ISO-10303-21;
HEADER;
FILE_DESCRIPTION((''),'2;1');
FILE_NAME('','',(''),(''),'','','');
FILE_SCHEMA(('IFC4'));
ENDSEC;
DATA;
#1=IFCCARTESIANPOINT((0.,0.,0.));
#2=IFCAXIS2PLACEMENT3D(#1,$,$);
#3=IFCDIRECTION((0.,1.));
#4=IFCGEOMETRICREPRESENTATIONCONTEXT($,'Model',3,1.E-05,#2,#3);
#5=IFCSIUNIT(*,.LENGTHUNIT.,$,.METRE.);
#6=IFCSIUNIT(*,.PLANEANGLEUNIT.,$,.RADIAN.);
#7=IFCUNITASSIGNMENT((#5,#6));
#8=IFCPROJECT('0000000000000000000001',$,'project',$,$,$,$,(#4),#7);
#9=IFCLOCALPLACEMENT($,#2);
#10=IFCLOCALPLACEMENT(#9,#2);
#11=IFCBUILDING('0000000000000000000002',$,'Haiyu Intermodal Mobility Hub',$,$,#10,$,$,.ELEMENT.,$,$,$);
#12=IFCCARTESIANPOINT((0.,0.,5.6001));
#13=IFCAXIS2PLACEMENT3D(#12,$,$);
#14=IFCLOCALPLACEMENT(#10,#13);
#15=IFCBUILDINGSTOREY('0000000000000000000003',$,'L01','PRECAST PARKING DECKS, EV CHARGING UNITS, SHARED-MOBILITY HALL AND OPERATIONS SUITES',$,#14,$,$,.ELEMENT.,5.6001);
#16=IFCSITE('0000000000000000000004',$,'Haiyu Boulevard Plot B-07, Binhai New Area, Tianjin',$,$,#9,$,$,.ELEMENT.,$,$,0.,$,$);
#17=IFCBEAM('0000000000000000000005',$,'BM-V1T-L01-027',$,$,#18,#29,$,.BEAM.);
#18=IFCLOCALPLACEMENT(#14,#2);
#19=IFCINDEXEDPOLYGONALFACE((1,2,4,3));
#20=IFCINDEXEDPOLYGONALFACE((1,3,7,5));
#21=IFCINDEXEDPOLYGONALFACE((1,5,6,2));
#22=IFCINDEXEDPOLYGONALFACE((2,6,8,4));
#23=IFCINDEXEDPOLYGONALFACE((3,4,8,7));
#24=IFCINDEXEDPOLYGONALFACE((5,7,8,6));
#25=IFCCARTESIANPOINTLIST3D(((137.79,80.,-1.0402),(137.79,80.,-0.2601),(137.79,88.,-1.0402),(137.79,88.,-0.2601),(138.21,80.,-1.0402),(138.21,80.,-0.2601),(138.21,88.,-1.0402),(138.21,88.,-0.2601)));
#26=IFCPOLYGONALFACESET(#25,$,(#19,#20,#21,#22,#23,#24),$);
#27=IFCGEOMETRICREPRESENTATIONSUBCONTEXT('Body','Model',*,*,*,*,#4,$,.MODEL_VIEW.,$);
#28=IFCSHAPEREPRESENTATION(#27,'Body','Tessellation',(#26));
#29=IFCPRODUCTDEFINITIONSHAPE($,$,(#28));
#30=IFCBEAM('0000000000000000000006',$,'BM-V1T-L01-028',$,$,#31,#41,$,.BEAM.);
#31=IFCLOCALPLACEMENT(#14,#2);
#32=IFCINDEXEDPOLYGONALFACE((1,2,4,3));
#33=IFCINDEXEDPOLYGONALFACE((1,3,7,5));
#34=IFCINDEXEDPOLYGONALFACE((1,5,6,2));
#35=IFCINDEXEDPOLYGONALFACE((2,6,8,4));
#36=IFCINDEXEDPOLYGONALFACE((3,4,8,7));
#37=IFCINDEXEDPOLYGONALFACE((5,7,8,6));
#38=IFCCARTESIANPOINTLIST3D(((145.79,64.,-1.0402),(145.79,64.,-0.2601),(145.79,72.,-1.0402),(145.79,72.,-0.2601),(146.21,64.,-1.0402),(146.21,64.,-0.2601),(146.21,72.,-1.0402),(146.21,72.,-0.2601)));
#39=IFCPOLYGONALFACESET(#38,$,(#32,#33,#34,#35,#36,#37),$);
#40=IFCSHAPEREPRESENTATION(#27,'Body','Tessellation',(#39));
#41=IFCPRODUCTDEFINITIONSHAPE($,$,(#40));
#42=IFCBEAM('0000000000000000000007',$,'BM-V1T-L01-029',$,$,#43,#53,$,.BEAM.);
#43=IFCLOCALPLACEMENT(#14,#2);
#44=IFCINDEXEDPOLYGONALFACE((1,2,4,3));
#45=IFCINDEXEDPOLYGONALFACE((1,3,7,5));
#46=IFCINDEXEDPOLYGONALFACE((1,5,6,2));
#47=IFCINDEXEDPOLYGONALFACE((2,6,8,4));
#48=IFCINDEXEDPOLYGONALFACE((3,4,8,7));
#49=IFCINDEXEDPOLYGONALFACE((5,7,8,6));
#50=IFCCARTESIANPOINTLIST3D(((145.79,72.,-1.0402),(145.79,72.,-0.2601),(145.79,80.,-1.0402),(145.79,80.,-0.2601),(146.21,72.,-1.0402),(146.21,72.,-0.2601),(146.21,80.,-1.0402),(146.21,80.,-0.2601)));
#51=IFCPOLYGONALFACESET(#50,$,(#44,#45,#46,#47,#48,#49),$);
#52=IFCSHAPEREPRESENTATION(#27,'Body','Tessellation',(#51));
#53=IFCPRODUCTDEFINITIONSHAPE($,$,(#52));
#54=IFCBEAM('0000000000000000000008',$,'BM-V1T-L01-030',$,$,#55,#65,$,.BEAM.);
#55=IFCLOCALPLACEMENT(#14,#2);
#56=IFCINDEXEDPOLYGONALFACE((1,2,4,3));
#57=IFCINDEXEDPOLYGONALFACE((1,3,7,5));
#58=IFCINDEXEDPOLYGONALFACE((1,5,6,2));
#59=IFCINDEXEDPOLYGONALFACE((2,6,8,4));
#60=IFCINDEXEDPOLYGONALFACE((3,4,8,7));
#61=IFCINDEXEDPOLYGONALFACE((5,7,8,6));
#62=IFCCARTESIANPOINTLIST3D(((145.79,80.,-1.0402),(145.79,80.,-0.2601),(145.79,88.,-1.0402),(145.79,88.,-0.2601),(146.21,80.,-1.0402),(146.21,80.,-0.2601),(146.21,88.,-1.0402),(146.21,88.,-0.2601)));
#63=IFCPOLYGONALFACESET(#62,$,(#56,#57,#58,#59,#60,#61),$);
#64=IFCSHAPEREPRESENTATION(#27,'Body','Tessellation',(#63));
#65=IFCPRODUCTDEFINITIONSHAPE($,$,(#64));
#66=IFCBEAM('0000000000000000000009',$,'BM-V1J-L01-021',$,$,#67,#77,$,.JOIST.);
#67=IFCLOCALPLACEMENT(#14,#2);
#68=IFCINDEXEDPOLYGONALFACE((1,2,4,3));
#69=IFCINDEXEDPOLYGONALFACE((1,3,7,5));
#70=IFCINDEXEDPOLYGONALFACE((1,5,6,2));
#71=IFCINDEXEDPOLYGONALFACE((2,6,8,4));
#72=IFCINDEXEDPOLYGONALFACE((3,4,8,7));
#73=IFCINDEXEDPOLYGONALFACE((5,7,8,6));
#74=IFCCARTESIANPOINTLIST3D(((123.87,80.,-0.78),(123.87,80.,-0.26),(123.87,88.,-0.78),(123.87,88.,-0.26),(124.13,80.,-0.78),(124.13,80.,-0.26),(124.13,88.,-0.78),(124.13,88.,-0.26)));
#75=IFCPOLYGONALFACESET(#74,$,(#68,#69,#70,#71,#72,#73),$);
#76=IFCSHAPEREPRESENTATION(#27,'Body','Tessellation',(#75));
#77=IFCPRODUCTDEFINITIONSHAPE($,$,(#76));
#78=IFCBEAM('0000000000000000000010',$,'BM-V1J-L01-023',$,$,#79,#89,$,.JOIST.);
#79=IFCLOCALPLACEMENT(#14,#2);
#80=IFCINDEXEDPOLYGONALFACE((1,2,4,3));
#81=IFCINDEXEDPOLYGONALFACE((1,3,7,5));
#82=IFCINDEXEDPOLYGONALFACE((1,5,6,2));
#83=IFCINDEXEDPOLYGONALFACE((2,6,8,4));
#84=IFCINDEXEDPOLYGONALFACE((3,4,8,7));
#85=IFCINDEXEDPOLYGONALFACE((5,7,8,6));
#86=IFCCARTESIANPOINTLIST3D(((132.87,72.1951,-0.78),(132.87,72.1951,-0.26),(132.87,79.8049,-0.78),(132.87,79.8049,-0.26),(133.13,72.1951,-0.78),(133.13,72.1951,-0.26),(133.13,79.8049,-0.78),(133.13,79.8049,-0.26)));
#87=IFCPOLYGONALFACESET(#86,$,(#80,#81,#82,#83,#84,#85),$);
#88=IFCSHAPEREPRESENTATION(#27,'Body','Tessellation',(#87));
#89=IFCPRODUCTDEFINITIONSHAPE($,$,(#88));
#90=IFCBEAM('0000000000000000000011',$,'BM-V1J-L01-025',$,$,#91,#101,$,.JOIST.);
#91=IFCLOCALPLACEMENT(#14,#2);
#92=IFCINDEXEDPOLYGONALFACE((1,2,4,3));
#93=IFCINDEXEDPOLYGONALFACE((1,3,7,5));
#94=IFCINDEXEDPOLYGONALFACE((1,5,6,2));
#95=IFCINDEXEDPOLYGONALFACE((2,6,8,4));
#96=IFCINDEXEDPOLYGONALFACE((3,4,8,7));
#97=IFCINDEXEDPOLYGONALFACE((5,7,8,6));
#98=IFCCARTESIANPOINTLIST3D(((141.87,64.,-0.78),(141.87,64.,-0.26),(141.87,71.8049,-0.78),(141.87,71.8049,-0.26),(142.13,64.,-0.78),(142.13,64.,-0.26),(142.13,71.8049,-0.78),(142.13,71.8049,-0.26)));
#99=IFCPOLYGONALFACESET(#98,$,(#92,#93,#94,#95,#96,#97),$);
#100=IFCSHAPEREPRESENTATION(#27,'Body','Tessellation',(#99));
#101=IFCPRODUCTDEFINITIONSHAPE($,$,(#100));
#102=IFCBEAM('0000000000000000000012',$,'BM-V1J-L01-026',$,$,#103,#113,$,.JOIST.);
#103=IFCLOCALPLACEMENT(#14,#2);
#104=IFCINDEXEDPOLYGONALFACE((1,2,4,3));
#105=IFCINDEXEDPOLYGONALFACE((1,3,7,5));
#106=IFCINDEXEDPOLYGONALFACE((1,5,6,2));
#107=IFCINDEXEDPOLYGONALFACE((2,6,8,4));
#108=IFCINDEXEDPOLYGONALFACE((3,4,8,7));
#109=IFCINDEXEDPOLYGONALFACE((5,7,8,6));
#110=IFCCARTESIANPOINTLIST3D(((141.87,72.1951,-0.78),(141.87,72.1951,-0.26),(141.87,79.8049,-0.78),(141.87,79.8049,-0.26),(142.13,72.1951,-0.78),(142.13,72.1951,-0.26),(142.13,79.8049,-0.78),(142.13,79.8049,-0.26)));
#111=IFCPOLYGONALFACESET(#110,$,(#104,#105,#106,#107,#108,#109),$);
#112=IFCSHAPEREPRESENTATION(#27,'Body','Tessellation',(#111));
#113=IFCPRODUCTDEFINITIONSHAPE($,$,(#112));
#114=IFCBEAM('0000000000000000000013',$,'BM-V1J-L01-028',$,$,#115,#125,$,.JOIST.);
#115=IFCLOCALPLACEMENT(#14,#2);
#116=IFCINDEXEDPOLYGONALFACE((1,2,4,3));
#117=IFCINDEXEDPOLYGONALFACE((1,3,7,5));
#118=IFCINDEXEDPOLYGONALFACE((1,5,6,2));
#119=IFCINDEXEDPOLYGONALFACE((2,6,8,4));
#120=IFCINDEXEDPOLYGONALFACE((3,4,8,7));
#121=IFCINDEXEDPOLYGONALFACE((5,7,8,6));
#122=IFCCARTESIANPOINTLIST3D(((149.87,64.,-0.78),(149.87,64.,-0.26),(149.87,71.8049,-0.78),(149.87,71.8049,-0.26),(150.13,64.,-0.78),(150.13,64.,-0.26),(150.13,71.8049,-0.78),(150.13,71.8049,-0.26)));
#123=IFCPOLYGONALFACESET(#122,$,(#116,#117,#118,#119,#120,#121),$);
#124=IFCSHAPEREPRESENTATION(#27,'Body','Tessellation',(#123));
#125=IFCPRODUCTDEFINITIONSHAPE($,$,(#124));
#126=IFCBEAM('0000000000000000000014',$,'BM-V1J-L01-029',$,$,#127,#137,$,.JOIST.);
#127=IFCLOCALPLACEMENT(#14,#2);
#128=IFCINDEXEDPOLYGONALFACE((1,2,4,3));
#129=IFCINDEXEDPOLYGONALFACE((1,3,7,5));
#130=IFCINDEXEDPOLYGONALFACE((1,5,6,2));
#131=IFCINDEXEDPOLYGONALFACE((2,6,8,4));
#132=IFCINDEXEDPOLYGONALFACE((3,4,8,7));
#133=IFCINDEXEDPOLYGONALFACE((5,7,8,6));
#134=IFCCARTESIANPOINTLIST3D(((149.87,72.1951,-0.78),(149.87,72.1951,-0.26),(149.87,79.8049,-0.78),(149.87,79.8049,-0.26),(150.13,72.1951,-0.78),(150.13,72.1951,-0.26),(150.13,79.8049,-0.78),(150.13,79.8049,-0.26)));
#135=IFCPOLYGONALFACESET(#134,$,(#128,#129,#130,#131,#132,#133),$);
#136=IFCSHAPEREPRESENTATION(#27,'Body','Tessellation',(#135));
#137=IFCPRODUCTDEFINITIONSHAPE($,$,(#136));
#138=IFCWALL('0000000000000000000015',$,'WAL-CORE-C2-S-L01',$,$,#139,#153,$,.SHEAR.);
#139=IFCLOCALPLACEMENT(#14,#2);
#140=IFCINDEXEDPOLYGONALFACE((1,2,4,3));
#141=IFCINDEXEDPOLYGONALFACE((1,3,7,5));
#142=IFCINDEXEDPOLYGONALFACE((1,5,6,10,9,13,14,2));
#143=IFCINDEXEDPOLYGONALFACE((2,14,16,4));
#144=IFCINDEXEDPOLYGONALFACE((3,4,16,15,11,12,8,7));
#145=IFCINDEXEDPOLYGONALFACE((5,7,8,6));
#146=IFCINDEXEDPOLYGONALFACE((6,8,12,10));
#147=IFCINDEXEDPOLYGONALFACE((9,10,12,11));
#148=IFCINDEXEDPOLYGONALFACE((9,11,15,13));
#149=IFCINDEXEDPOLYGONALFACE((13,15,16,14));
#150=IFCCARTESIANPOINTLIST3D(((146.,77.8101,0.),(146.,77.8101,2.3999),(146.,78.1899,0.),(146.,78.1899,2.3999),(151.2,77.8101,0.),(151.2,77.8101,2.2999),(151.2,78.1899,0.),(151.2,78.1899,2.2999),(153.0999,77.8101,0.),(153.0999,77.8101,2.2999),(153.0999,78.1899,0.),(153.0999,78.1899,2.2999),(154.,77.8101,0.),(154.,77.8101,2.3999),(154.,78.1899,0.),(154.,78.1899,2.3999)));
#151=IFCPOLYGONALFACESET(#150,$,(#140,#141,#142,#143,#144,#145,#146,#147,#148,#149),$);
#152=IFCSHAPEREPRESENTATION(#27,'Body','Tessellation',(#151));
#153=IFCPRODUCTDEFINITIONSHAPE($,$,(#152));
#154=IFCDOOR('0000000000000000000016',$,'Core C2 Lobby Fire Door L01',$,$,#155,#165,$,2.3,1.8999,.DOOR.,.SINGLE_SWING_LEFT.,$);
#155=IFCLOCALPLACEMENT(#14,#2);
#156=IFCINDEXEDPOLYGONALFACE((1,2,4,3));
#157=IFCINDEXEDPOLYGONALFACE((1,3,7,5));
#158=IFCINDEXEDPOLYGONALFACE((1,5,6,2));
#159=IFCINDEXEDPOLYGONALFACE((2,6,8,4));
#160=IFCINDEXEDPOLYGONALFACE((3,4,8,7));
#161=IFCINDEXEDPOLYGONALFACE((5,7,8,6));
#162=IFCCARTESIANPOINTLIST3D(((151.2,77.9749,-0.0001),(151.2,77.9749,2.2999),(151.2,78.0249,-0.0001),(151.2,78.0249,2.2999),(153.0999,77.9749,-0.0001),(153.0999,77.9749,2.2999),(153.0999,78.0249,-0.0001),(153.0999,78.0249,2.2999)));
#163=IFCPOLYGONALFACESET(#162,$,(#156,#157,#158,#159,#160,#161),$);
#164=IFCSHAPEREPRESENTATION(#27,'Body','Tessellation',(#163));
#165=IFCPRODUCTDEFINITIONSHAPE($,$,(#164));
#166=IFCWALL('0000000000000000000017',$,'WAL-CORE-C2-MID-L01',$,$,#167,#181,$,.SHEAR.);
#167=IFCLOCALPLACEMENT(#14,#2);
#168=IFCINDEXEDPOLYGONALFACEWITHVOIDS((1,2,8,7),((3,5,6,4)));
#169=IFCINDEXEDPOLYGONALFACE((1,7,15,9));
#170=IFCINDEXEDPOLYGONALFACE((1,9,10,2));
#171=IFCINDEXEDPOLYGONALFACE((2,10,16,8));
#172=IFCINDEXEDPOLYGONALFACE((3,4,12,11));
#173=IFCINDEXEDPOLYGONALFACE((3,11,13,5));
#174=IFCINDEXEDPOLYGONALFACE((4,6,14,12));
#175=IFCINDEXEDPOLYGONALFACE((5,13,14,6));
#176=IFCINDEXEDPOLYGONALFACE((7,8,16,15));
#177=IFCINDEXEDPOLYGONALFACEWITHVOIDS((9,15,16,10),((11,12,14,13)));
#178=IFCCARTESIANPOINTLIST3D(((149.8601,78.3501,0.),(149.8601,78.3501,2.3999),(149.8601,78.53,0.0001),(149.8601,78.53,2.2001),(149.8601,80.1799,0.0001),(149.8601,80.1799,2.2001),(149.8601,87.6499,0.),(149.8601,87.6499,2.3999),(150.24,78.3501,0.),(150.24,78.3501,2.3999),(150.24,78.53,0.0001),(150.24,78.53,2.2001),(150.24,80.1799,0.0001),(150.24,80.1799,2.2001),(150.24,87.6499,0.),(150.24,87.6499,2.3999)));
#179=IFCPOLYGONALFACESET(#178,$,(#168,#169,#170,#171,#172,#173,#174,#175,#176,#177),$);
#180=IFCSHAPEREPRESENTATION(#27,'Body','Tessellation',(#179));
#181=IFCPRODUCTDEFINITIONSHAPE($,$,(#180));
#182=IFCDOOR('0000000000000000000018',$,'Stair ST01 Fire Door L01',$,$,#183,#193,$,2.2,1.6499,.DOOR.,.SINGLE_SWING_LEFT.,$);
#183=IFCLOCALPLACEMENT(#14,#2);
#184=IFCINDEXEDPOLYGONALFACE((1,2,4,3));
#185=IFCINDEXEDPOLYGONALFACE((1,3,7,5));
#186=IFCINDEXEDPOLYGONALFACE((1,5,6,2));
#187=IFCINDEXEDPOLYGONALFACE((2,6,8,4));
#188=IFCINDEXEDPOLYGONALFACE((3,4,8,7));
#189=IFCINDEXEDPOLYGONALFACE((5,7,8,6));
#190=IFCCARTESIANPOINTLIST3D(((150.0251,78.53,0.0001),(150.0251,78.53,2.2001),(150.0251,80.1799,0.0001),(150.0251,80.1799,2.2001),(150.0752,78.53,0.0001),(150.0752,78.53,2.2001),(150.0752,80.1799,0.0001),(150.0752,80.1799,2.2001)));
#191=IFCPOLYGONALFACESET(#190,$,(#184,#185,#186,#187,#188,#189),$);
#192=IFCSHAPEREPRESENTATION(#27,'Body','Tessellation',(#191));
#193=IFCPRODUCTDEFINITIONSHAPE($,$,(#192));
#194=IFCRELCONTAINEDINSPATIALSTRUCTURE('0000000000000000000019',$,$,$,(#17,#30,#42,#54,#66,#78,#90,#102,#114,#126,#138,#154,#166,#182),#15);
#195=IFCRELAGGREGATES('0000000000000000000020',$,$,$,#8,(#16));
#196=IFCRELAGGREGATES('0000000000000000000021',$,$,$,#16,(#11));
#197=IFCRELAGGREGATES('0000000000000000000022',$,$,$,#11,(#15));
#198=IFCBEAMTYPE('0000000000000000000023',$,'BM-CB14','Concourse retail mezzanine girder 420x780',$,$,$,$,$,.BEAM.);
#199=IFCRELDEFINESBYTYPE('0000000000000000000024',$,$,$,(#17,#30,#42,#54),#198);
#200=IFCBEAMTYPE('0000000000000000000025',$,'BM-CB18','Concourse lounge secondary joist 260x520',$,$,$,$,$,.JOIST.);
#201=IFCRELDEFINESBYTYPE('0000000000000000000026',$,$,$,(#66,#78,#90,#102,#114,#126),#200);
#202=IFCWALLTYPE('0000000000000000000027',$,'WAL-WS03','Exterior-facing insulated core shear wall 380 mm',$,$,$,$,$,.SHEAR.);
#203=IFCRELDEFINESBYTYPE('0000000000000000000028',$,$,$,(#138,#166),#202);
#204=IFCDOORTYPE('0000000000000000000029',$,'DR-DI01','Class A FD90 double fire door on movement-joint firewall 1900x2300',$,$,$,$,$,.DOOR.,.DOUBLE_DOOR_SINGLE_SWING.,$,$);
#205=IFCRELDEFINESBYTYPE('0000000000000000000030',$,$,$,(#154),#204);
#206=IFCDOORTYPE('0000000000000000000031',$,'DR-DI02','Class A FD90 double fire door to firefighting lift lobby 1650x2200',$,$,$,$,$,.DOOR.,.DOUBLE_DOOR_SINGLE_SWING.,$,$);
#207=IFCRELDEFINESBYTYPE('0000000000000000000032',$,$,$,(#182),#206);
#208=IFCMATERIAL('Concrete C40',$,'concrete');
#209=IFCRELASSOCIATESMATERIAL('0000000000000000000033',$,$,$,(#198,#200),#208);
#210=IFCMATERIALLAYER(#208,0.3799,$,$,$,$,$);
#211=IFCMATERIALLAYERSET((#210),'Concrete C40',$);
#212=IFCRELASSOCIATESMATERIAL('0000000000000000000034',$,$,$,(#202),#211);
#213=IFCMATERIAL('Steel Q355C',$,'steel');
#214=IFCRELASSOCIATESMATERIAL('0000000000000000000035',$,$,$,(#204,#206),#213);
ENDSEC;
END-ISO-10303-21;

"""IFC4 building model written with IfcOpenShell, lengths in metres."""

from ifc_helpers import new_model, si_unit, direction, frame, frame_2d, origin, origin_2d, place, context, subcontext, project, spatial, rectangle, extrude, material, layer, layer_set, material_profile, profile_set, type_object, element, fill, save


model = new_model("IFC4")

# Units and contexts
model_context = context("Model", 3, precision=1e-05, world=origin(), true_north=direction((0.0, 1.0)))
body_context = subcontext(model_context, "Body", "Model", "MODEL_VIEW")
ifc_project = project(units=[si_unit("LENGTHUNIT", "METRE"), si_unit("PLANEANGLEUNIT", "RADIAN")], contexts=[model_context])

# Site, building, storey
site_placement = place(None, origin())
site = spatial("IfcSite", under=ifc_project, at=site_placement, Name="Haiyu Boulevard Plot B-07, Binhai New Area, Tianjin", CompositionType="ELEMENT", RefElevation=0.0)
building_placement = place(site_placement, origin())
building = spatial("IfcBuilding", under=site, at=building_placement, Name="Haiyu Intermodal Mobility Hub", CompositionType="ELEMENT")
storey_placement = place(building_placement, frame((0.0, 0.0, 5.6001)))
storey = spatial("IfcBuildingStorey", under=building, at=storey_placement, Name="L01", Description="PRECAST PARKING DECKS, EV CHARGING UNITS, SHARED-MOBILITY HALL AND OPERATIONS SUITES", CompositionType="ELEMENT", Elevation=5.6001)

# Shared definitions
ifc_material_1 = material(Name="Concrete C40", Category="concrete")
ifc_material_2 = material(Name="Steel Q355C", Category="steel")

# Beams
ifc_material_profile_1 = material_profile(ifc_material_1, rectangle(XDim=0.4199, YDim=0.78, at=origin_2d()), Name="B420x780")
ifc_profile_set_1 = profile_set([ifc_material_profile_1], Name="Concrete C40")
beam_type_1 = type_object("IfcBeamType", Name="BM-CB14", Description="Concourse retail mezzanine girder 420x780", PredefinedType="BEAM", material=ifc_profile_set_1)
for number, where, z_axis, x_axis, name in (
    (1, (138.0, 80.0, -0.6501), (0.0, 1.0, 0.0), (-1.0, 0.0, 0.0), "BM-V1T-L01-027"),
    (2, (146.0, 64.0, -0.6501), (0.0, 1.0, 0.0), (-1.0, 0.0, 0.0), "BM-V1T-L01-028"),
    (3, (146.0, 72.0, -0.6501), (0.0, 1.0, 0.0), (-1.0, 0.0, 0.0), "BM-V1T-L01-029"),
    (4, (146.0, 80.0, -0.6501), (0.0, 1.0, 0.0), (-1.0, 0.0, 0.0), "BM-V1T-L01-030"),
):
    element("IfcBeam", number, at=place(storey_placement, frame(where, z_axis=z_axis, x_axis=x_axis)), inside=storey, type_object=beam_type_1, Name=name, PredefinedType="BEAM", context=body_context, shape_type="SweptSolid", body=[
        extrude(rectangle(XDim=0.4199, YDim=0.78, at=origin_2d()), origin(), (0.0, 0.0, 1.0), 8.0),
    ])
ifc_material_profile_2 = material_profile(ifc_material_1, rectangle(XDim=0.26, YDim=0.52, at=origin_2d()), Name="B260x520")
ifc_profile_set_2 = profile_set([ifc_material_profile_2], Name="Concrete C40")
beam_type_2 = type_object("IfcBeamType", Name="BM-CB18", Description="Concourse lounge secondary joist 260x520", PredefinedType="JOIST", material=ifc_profile_set_2)
beam_1_placement = place(storey_placement, frame((124.0, 80.0, -0.52), z_axis=(0.0, 1.0, 0.0), x_axis=(-1.0, 0.0, 0.0)))
element("IfcBeam", 5, at=beam_1_placement, inside=storey, type_object=beam_type_2, Name="BM-V1J-L01-021", PredefinedType="JOIST", context=body_context, shape_type="SweptSolid", body=[
    extrude(rectangle(XDim=0.26, YDim=0.52, at=origin_2d()), origin(), (0.0, 0.0, 1.0), 8.0),
])
beam_2_placement = place(storey_placement, frame((133.0, 72.1951, -0.52), z_axis=(0.0, 1.0, 0.0), x_axis=(-1.0, 0.0, 0.0)))
element("IfcBeam", 6, at=beam_2_placement, inside=storey, type_object=beam_type_2, Name="BM-V1J-L01-023", PredefinedType="JOIST", context=body_context, shape_type="SweptSolid", body=[
    extrude(rectangle(XDim=0.26, YDim=0.52, at=origin_2d()), origin(), (0.0, 0.0, 1.0), 7.6099),
])
beam_3_placement = place(storey_placement, frame((142.0, 64.0, -0.52), z_axis=(0.0, 1.0, 0.0), x_axis=(-1.0, 0.0, 0.0)))
element("IfcBeam", 7, at=beam_3_placement, inside=storey, type_object=beam_type_2, Name="BM-V1J-L01-025", PredefinedType="JOIST", context=body_context, shape_type="SweptSolid", body=[
    extrude(rectangle(XDim=0.26, YDim=0.52, at=origin_2d()), origin(), (0.0, 0.0, 1.0), 7.8049),
])
beam_4_placement = place(storey_placement, frame((142.0, 72.1951, -0.52), z_axis=(0.0, 1.0, 0.0), x_axis=(-1.0, 0.0, 0.0)))
element("IfcBeam", 8, at=beam_4_placement, inside=storey, type_object=beam_type_2, Name="BM-V1J-L01-026", PredefinedType="JOIST", context=body_context, shape_type="SweptSolid", body=[
    extrude(rectangle(XDim=0.26, YDim=0.52, at=origin_2d()), origin(), (0.0, 0.0, 1.0), 7.6099),
])
beam_5_placement = place(storey_placement, frame((150.0, 64.0, -0.52), z_axis=(0.0, 1.0, 0.0), x_axis=(-1.0, 0.0, 0.0)))
element("IfcBeam", 9, at=beam_5_placement, inside=storey, type_object=beam_type_2, Name="BM-V1J-L01-028", PredefinedType="JOIST", context=body_context, shape_type="SweptSolid", body=[
    extrude(rectangle(XDim=0.26, YDim=0.52, at=origin_2d()), origin(), (0.0, 0.0, 1.0), 7.8049),
])
beam_6_placement = place(storey_placement, frame((150.0, 72.1951, -0.52), z_axis=(0.0, 1.0, 0.0), x_axis=(-1.0, 0.0, 0.0)))
element("IfcBeam", 10, at=beam_6_placement, inside=storey, type_object=beam_type_2, Name="BM-V1J-L01-029", PredefinedType="JOIST", context=body_context, shape_type="SweptSolid", body=[
    extrude(rectangle(XDim=0.26, YDim=0.52, at=origin_2d()), origin(), (0.0, 0.0, 1.0), 7.6099),
])

# Walls, openings, doors
ifc_layer = layer(ifc_material_1, 0.3799)
ifc_layer_set = layer_set([ifc_layer], Name="Concrete C40")
wall_type = type_object("IfcWallType", Name="WAL-WS03", Description="Exterior-facing insulated core shear wall 380 mm", PredefinedType="SHEAR", material=ifc_layer_set)
wall_1_placement = place(storey_placement, frame((146.0, 78.0, 0.0), z_axis=(0.0, 0.0, 1.0), x_axis=(1.0, 0.0, 0.0)))
wall_1 = element("IfcWall", 11, at=wall_1_placement, inside=storey, type_object=wall_type, Name="WAL-CORE-C2-S-L01", PredefinedType="SHEAR", context=body_context, shape_type="SweptSolid", body=[
    extrude(rectangle(XDim=8.0, YDim=0.3799, at=frame_2d((4.0, 0.0))), origin(), (0.0, 0.0, 1.0), 2.3999),
])
opening_1_placement = place(wall_1_placement, frame((5.2, 0.0, 0.0)))
opening_1 = element("IfcOpeningElement", 12, at=opening_1_placement, cuts=wall_1, PredefinedType="OPENING", context=body_context, shape_type="SweptSolid", body=[
    extrude(rectangle(XDim=1.8999, YDim=2.3, at=frame_2d((0.95, 1.1499))), frame((0.0, 0.2, 0.0), z_axis=(0.0, -1.0, 0.0), x_axis=(1.0, 0.0, 0.0)), (0.0, 0.0, 1.0), 0.3999),
])
door_type_1 = type_object("IfcDoorType", Name="DR-DI01", Description="Class A FD90 double fire door on movement-joint firewall 1900x2300", OperationType="DOUBLE_DOOR_SINGLE_SWING", PredefinedType="DOOR", material=ifc_material_2)
door_1_placement = place(opening_1_placement, origin())
door_1 = element("IfcDoor", 13, at=door_1_placement, inside=storey, type_object=door_type_1, Name="Core C2 Lobby Fire Door L01", OperationType="SINGLE_SWING_LEFT", OverallHeight=2.3, OverallWidth=1.8999, PredefinedType="DOOR", context=body_context, shape_type="SweptSolid", body=[
    extrude(rectangle(XDim=1.8999, YDim=2.3, at=frame_2d((0.95, 1.1499))), frame((0.0, 0.0249, 0.0), z_axis=(0.0, -1.0, 0.0), x_axis=(1.0, 0.0, 0.0)), (0.0, 0.0, 1.0), 0.05),
])
fill(opening_1, door_1)
wall_2_placement = place(storey_placement, frame((150.05, 78.3501, 0.0), z_axis=(0.0, 0.0, 1.0), x_axis=(0.0, 1.0, 0.0)))
wall_2 = element("IfcWall", 14, at=wall_2_placement, inside=storey, type_object=wall_type, Name="WAL-CORE-C2-MID-L01", PredefinedType="SHEAR", context=body_context, shape_type="SweptSolid", body=[
    extrude(rectangle(XDim=9.2998, YDim=0.3799, at=frame_2d((4.6499, 0.0))), origin(), (0.0, 0.0, 1.0), 2.3999),
])
opening_2_placement = place(wall_2_placement, frame((0.1799, 0.0, 0.0)))
opening_2 = element("IfcOpeningElement", 15, at=opening_2_placement, cuts=wall_2, PredefinedType="OPENING", context=body_context, shape_type="SweptSolid", body=[
    extrude(rectangle(XDim=1.6499, YDim=2.2, at=frame_2d((0.825, 1.1001))), frame((0.0, 0.2, 0.0), z_axis=(0.0, -1.0, 0.0), x_axis=(1.0, 0.0, 0.0)), (0.0, 0.0, 1.0), 0.3999),
])
door_type_2 = type_object("IfcDoorType", Name="DR-DI02", Description="Class A FD90 double fire door to firefighting lift lobby 1650x2200", OperationType="DOUBLE_DOOR_SINGLE_SWING", PredefinedType="DOOR", material=ifc_material_2)
door_2_placement = place(opening_2_placement, origin())
door_2 = element("IfcDoor", 16, at=door_2_placement, inside=storey, type_object=door_type_2, Name="Stair ST01 Fire Door L01", OperationType="SINGLE_SWING_LEFT", OverallHeight=2.2, OverallWidth=1.6499, PredefinedType="DOOR", context=body_context, shape_type="SweptSolid", body=[
    extrude(rectangle(XDim=1.6499, YDim=2.2, at=frame_2d((0.825, 1.1001))), frame((0.0, 0.0249, 0.0), z_axis=(0.0, -1.0, 0.0), x_axis=(1.0, 0.0, 0.0)), (0.0, 0.0, 1.0), 0.05),
])
fill(opening_2, door_2)

save(model, "model.ifc")
